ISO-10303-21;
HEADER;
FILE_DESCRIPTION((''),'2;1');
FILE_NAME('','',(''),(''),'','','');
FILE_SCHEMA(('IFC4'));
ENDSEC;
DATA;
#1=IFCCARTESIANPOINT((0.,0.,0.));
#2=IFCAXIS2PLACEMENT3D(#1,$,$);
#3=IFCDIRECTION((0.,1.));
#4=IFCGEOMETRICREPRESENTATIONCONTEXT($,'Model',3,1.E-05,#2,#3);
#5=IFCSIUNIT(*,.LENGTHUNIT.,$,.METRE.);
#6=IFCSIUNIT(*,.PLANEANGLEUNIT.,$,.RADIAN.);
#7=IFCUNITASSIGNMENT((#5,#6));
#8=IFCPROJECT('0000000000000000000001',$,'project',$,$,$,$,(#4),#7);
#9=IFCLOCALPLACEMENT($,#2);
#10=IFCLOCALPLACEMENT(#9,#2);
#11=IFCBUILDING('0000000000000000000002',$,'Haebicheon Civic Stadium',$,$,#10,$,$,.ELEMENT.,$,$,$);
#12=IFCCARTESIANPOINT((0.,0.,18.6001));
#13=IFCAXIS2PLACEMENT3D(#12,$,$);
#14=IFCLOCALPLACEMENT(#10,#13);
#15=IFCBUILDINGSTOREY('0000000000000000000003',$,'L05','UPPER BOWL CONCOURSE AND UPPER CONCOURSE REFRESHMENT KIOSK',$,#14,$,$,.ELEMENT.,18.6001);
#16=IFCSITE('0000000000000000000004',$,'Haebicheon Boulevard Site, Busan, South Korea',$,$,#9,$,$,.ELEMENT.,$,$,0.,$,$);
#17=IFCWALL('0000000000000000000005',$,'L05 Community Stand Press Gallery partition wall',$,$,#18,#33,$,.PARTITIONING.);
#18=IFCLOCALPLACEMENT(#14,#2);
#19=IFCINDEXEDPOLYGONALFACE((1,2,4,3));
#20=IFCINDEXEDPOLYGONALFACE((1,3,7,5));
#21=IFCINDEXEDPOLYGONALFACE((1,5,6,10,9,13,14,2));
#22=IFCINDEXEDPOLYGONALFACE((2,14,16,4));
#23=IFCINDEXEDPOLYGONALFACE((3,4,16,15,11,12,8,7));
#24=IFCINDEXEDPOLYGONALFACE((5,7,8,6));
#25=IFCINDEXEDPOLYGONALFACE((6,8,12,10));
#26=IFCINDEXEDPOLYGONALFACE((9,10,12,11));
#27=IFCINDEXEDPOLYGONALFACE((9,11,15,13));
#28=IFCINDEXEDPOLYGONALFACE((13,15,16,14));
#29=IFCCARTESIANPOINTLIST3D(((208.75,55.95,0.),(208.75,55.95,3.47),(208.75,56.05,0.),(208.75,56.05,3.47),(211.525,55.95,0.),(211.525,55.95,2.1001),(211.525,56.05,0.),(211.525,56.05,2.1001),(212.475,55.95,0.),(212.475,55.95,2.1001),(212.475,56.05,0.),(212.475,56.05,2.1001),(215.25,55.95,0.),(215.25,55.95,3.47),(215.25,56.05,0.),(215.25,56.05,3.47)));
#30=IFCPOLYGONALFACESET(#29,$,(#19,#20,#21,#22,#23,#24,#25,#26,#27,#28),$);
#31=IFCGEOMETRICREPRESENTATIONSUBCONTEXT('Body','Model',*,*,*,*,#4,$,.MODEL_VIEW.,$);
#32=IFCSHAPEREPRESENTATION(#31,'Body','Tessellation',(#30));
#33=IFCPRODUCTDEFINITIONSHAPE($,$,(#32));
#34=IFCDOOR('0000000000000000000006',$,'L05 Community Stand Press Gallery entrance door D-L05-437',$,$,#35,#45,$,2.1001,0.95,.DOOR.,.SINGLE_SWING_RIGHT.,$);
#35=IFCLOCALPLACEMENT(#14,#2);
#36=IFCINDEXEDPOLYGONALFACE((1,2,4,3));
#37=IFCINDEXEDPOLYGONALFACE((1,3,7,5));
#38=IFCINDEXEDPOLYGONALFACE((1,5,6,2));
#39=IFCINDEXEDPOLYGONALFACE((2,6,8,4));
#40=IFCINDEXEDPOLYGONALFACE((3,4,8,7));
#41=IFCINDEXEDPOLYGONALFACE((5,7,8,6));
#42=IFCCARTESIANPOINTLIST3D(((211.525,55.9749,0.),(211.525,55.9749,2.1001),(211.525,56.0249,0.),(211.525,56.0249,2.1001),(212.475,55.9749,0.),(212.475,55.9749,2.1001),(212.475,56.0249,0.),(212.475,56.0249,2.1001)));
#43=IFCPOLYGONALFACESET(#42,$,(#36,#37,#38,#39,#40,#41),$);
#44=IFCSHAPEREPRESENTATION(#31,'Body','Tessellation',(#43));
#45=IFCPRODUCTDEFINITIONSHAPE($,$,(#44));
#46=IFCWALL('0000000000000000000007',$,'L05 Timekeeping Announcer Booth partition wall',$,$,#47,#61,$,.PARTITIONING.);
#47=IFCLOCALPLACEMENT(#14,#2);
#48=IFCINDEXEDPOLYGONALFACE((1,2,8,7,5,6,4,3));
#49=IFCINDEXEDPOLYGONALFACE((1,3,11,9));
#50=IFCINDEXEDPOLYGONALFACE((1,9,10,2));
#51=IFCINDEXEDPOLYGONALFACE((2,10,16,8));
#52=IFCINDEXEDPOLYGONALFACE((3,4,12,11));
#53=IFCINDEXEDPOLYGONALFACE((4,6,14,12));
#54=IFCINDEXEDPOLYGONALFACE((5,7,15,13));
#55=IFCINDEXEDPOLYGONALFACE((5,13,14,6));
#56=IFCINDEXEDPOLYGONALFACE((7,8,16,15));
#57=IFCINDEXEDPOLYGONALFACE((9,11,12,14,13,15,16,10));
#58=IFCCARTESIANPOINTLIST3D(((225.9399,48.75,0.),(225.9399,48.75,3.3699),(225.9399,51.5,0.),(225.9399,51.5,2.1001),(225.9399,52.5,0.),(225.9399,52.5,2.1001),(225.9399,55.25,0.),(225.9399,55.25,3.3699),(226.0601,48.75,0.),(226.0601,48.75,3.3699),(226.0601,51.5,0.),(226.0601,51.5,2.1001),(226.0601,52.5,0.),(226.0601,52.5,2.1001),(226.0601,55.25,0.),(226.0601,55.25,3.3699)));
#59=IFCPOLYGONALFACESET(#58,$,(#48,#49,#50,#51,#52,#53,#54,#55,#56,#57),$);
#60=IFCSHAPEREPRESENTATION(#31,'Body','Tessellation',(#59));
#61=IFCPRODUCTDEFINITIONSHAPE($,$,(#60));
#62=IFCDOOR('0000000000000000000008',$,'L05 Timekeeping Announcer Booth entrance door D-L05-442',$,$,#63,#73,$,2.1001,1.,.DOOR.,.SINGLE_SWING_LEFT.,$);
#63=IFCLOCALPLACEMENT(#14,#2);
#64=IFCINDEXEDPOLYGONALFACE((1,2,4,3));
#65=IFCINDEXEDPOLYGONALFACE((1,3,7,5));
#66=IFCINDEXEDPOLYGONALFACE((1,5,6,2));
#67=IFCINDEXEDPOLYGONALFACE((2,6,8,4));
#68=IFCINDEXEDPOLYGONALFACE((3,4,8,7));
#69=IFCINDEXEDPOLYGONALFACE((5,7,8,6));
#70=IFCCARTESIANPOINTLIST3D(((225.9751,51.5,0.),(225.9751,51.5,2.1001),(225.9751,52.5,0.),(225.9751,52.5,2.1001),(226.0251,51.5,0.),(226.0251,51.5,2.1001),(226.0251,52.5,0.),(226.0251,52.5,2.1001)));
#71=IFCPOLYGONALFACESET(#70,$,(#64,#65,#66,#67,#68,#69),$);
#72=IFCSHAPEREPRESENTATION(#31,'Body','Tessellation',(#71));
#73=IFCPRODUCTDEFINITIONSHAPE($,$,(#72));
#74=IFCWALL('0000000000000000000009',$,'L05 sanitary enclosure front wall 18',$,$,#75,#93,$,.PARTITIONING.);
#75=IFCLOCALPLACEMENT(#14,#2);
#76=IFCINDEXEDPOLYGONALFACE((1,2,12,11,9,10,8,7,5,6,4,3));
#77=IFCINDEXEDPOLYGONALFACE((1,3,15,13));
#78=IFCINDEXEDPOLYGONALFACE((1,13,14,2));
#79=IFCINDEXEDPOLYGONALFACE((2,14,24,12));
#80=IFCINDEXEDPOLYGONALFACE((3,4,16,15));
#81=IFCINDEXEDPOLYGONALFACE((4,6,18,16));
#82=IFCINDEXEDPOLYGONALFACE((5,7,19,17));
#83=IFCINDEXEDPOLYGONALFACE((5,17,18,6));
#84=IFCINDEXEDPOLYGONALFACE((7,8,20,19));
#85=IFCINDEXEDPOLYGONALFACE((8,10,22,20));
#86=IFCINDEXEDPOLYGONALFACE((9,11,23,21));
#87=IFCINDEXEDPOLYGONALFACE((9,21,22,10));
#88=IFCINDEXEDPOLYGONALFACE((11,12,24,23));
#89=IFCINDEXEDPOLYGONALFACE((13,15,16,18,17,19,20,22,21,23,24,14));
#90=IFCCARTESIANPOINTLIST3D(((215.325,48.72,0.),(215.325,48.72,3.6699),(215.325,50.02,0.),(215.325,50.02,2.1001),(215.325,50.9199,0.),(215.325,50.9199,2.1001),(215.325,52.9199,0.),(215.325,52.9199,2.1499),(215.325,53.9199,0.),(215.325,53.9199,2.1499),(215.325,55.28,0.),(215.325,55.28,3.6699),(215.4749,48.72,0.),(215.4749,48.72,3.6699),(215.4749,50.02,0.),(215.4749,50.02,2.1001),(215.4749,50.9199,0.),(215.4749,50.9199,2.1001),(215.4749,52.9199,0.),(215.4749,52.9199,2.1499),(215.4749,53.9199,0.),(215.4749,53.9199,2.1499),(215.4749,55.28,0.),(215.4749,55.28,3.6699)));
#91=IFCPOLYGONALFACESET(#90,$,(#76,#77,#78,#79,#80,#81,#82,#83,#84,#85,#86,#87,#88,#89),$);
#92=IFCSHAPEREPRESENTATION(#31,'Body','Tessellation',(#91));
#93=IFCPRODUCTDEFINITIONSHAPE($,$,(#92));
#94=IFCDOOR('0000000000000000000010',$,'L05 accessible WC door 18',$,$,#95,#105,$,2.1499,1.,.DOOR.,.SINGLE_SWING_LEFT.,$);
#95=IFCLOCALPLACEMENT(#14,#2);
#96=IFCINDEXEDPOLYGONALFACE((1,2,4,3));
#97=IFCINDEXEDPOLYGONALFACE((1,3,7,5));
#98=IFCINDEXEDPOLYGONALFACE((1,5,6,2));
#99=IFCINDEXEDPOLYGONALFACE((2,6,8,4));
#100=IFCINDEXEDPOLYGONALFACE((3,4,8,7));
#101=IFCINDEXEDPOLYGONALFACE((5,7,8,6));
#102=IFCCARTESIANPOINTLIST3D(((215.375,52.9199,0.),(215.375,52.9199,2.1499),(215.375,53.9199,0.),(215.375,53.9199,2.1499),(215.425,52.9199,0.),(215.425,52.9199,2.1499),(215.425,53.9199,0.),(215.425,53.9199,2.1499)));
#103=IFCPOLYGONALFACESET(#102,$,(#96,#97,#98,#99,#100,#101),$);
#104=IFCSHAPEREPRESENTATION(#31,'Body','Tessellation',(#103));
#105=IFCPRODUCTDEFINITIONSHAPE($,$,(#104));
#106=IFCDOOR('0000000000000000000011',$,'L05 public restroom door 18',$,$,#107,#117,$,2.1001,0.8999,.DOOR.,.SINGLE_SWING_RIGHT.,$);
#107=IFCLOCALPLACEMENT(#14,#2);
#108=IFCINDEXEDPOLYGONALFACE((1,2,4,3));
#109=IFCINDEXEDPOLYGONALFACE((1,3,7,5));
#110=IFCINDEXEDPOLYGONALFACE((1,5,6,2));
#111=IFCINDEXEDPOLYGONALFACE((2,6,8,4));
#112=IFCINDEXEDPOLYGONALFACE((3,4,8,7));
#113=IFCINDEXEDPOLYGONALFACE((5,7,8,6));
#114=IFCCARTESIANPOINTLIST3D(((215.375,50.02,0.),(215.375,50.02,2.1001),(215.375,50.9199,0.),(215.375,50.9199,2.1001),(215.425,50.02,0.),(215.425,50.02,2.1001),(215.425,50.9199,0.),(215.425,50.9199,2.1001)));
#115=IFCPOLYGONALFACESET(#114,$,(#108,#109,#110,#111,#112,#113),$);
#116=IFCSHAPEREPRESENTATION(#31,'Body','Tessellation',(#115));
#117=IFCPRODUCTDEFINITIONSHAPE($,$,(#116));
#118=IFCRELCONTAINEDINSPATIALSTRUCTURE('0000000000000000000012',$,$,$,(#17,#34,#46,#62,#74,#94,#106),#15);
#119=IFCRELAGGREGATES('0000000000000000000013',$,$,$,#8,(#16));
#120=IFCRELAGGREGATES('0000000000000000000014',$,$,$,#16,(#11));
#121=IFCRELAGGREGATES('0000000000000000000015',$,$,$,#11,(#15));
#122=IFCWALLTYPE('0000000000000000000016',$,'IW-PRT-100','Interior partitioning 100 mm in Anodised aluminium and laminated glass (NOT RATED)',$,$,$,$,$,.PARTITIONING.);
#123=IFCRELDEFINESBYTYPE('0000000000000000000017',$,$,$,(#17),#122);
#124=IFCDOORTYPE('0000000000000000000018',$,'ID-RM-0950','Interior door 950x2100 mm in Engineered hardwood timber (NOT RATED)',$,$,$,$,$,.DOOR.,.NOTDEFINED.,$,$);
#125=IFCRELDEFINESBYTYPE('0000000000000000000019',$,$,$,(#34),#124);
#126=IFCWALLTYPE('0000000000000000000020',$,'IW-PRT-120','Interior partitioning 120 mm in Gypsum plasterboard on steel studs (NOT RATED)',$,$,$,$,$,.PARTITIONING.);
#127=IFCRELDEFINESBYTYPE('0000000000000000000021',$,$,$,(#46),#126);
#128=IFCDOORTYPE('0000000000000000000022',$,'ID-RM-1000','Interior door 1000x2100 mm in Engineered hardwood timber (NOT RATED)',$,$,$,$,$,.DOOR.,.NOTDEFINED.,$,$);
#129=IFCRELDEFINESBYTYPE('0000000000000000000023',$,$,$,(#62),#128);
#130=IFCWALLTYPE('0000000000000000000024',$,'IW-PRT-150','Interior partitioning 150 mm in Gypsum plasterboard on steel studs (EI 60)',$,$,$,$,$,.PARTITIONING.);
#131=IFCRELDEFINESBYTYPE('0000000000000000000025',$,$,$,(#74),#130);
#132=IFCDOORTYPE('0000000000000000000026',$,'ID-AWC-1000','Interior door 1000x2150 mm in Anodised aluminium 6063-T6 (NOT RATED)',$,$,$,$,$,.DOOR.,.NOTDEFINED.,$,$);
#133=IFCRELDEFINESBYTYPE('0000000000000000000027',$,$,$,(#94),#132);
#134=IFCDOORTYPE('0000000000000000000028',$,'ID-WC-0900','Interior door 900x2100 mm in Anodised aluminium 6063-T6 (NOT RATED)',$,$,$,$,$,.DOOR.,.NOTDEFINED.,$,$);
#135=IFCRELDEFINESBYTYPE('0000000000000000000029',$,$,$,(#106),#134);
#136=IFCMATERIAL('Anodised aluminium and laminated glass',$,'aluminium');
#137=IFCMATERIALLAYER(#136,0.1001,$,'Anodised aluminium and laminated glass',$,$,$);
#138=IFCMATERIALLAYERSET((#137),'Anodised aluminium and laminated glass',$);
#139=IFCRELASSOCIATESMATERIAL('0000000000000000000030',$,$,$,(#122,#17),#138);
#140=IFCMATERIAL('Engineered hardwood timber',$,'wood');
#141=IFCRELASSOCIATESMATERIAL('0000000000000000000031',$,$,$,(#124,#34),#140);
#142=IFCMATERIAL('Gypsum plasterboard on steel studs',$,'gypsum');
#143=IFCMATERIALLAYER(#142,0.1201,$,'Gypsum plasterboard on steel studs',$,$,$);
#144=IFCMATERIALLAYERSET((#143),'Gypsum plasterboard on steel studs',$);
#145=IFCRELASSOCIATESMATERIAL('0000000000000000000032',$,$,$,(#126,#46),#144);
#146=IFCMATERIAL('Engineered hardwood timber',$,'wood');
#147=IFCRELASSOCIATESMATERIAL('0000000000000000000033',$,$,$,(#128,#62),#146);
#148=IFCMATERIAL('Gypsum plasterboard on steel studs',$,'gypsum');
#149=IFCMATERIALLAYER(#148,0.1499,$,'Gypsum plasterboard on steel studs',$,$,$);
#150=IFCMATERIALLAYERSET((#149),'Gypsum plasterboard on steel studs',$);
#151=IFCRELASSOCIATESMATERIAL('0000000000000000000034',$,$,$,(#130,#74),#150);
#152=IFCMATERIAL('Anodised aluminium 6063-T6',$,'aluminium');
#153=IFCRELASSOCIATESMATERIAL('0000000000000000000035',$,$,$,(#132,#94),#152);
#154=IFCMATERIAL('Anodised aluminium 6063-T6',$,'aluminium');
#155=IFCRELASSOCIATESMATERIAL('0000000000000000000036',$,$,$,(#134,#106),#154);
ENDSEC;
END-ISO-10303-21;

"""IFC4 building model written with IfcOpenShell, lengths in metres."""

from ifc_helpers import new_model, si_unit, direction, frame, frame_2d, origin, place, context, subcontext, project, spatial, rectangle, extrude, material, layer, layer_set, type_object, element, fill, save


model = new_model("IFC4")

# Units and contexts
model_context = context("Model", 3, precision=1e-05, world=origin(), true_north=direction((0.0, 1.0)))
body_context = subcontext(model_context, "Body", "Model", "MODEL_VIEW")
ifc_project = project(units=[si_unit("LENGTHUNIT", "METRE"), si_unit("PLANEANGLEUNIT", "RADIAN")], contexts=[model_context])

# Site, building, storey
site_placement = place(None, origin())
site = spatial("IfcSite", under=ifc_project, at=site_placement, Name="Haebicheon Boulevard Site, Busan, South Korea", CompositionType="ELEMENT", RefElevation=0.0)
building_placement = place(site_placement, origin())
building = spatial("IfcBuilding", under=site, at=building_placement, Name="Haebicheon Civic Stadium", CompositionType="ELEMENT")
storey_placement = place(building_placement, frame((0.0, 0.0, 18.6001)))
storey = spatial("IfcBuildingStorey", under=building, at=storey_placement, Name="L05", Description="UPPER BOWL CONCOURSE AND UPPER CONCOURSE REFRESHMENT KIOSK", CompositionType="ELEMENT", Elevation=18.6001)

# Walls, openings, doors
ifc_material_1 = material(Name="Anodised aluminium and laminated glass", Category="aluminium")
ifc_layer_1 = layer(ifc_material_1, 0.1001, Name="Anodised aluminium and laminated glass")
ifc_layer_set_1 = layer_set([ifc_layer_1], Name="Anodised aluminium and laminated glass")
wall_type_1 = type_object("IfcWallType", Name="IW-PRT-100", Description="Interior partitioning 100 mm in Anodised aluminium and laminated glass (NOT RATED)", PredefinedType="PARTITIONING", material=ifc_layer_set_1)
wall_1_placement = place(storey_placement, frame((208.75, 56.0, 0.0), z_axis=(0.0, 0.0, 1.0), x_axis=(1.0, 0.0, 0.0)))
wall_1 = element("IfcWall", 1, at=wall_1_placement, inside=storey, type_object=wall_type_1, material=ifc_layer_set_1, Name="L05 Community Stand Press Gallery partition wall", PredefinedType="PARTITIONING", context=body_context, shape_type="SweptSolid", body=[
    extrude(rectangle(XDim=6.5, YDim=0.1001, at=frame_2d((3.25, 0.0))), origin(), (0.0, 0.0, 1.0), 3.47),
])
opening_1_placement = place(wall_1_placement, frame((2.7749, 0.0, 0.0)))
opening_1 = element("IfcOpeningElement", 2, at=opening_1_placement, cuts=wall_1, PredefinedType="OPENING", context=body_context, shape_type="SweptSolid", body=[
    extrude(rectangle(XDim=0.95, YDim=2.1001, at=frame_2d((0.4751, 1.05))), frame((0.0, 0.0601, 0.0), z_axis=(0.0, -1.0, 0.0), x_axis=(1.0, 0.0, 0.0)), (0.0, 0.0, 1.0), 0.1201),
])
ifc_material_2 = material(Name="Engineered hardwood timber", Category="wood")
door_type_1 = type_object("IfcDoorType", Name="ID-RM-0950", Description="Interior door 950x2100 mm in Engineered hardwood timber (NOT RATED)", OperationType="NOTDEFINED", PredefinedType="DOOR", material=ifc_material_2)
door_1_placement = place(opening_1_placement, origin())
door_1 = element("IfcDoor", 3, at=door_1_placement, inside=storey, type_object=door_type_1, material=ifc_material_2, Name="L05 Community Stand Press Gallery entrance door D-L05-437", OperationType="SINGLE_SWING_RIGHT", OverallHeight=2.1001, OverallWidth=0.95, PredefinedType="DOOR", context=body_context, shape_type="SweptSolid", body=[
    extrude(rectangle(XDim=0.95, YDim=2.1001, at=frame_2d((0.4751, 1.05))), frame((0.0, 0.0249, 0.0), z_axis=(0.0, -1.0, 0.0), x_axis=(1.0, 0.0, 0.0)), (0.0, 0.0, 1.0), 0.05),
])
fill(opening_1, door_1)
ifc_material_3 = material(Name="Gypsum plasterboard on steel studs", Category="gypsum")
ifc_layer_2 = layer(ifc_material_3, 0.1201, Name="Gypsum plasterboard on steel studs")
ifc_layer_set_2 = layer_set([ifc_layer_2], Name="Gypsum plasterboard on steel studs")
wall_type_2 = type_object("IfcWallType", Name="IW-PRT-120", Description="Interior partitioning 120 mm in Gypsum plasterboard on steel studs (NOT RATED)", PredefinedType="PARTITIONING", material=ifc_layer_set_2)
wall_2_placement = place(storey_placement, frame((226.0, 48.75, 0.0), z_axis=(0.0, 0.0, 1.0), x_axis=(0.0, 1.0, 0.0)))
wall_2 = element("IfcWall", 4, at=wall_2_placement, inside=storey, type_object=wall_type_2, material=ifc_layer_set_2, Name="L05 Timekeeping Announcer Booth partition wall", PredefinedType="PARTITIONING", context=body_context, shape_type="SweptSolid", body=[
    extrude(rectangle(XDim=6.5, YDim=0.1201, at=frame_2d((3.25, 0.0))), origin(), (0.0, 0.0, 1.0), 3.3699),
])
opening_2_placement = place(wall_2_placement, frame((2.75, 0.0, 0.0)))
opening_2 = element("IfcOpeningElement", 5, at=opening_2_placement, cuts=wall_2, PredefinedType="OPENING", context=body_context, shape_type="SweptSolid", body=[
    extrude(rectangle(XDim=1.0, YDim=2.1001, at=frame_2d((0.5, 1.05))), frame((0.0, 0.0701, 0.0), z_axis=(0.0, -1.0, 0.0), x_axis=(1.0, 0.0, 0.0)), (0.0, 0.0, 1.0), 0.1401),
])
ifc_material_4 = material(Name="Engineered hardwood timber", Category="wood")
door_type_2 = type_object("IfcDoorType", Name="ID-RM-1000", Description="Interior door 1000x2100 mm in Engineered hardwood timber (NOT RATED)", OperationType="NOTDEFINED", PredefinedType="DOOR", material=ifc_material_4)
door_2_placement = place(opening_2_placement, origin())
door_2 = element("IfcDoor", 6, at=door_2_placement, inside=storey, type_object=door_type_2, material=ifc_material_4, Name="L05 Timekeeping Announcer Booth entrance door D-L05-442", OperationType="SINGLE_SWING_LEFT", OverallHeight=2.1001, OverallWidth=1.0, PredefinedType="DOOR", context=body_context, shape_type="SweptSolid", body=[
    extrude(rectangle(XDim=1.0, YDim=2.1001, at=frame_2d((0.5, 1.05))), frame((0.0, 0.0249, 0.0), z_axis=(0.0, -1.0, 0.0), x_axis=(1.0, 0.0, 0.0)), (0.0, 0.0, 1.0), 0.05),
])
fill(opening_2, door_2)

# Wall, openings, doors
ifc_material_5 = material(Name="Gypsum plasterboard on steel studs", Category="gypsum")
ifc_layer_3 = layer(ifc_material_5, 0.1499, Name="Gypsum plasterboard on steel studs")
ifc_layer_set_3 = layer_set([ifc_layer_3], Name="Gypsum plasterboard on steel studs")
wall_type_3 = type_object("IfcWallType", Name="IW-PRT-150", Description="Interior partitioning 150 mm in Gypsum plasterboard on steel studs (EI 60)", PredefinedType="PARTITIONING", material=ifc_layer_set_3)
wall_3_placement = place(storey_placement, frame((215.3999, 48.72, 0.0), z_axis=(0.0, 0.0, 1.0), x_axis=(0.0, 1.0, 0.0)))
wall_3 = element("IfcWall", 7, at=wall_3_placement, inside=storey, type_object=wall_type_3, material=ifc_layer_set_3, Name="L05 sanitary enclosure front wall 18", PredefinedType="PARTITIONING", context=body_context, shape_type="SweptSolid", body=[
    extrude(rectangle(XDim=6.5601, YDim=0.1499, at=frame_2d((3.28, 0.0))), origin(), (0.0, 0.0, 1.0), 3.6699),
])
opening_3_placement = place(wall_3_placement, frame((1.3, 0.0, 0.0)))
opening_3 = element("IfcOpeningElement", 8, at=opening_3_placement, cuts=wall_3, PredefinedType="OPENING", context=body_context, shape_type="SweptSolid", body=[
    extrude(rectangle(XDim=0.8999, YDim=2.1001, at=frame_2d((0.45, 1.05))), frame((0.0, 0.085, 0.0), z_axis=(0.0, -1.0, 0.0), x_axis=(1.0, 0.0, 0.0)), (0.0, 0.0, 1.0), 0.1699),
])
opening_4_placement = place(wall_3_placement, frame((4.2, 0.0, 0.0)))
opening_4 = element("IfcOpeningElement", 9, at=opening_4_placement, cuts=wall_3, PredefinedType="OPENING", context=body_context, shape_type="SweptSolid", body=[
    extrude(rectangle(XDim=1.0, YDim=2.1499, at=frame_2d((0.5, 1.075))), frame((0.0, 0.085, 0.0), z_axis=(0.0, -1.0, 0.0), x_axis=(1.0, 0.0, 0.0)), (0.0, 0.0, 1.0), 0.1699),
])
ifc_material_6 = material(Name="Anodised aluminium 6063-T6", Category="aluminium")
door_type_3 = type_object("IfcDoorType", Name="ID-AWC-1000", Description="Interior door 1000x2150 mm in Anodised aluminium 6063-T6 (NOT RATED)", OperationType="NOTDEFINED", PredefinedType="DOOR", material=ifc_material_6)
door_3_placement = place(opening_4_placement, origin())
door_3 = element("IfcDoor", 10, at=door_3_placement, inside=storey, type_object=door_type_3, material=ifc_material_6, Name="L05 accessible WC door 18", OperationType="SINGLE_SWING_LEFT", OverallHeight=2.1499, OverallWidth=1.0, PredefinedType="DOOR", context=body_context, shape_type="SweptSolid", body=[
    extrude(rectangle(XDim=1.0, YDim=2.1499, at=frame_2d((0.5, 1.075))), frame((0.0, 0.0249, 0.0), z_axis=(0.0, -1.0, 0.0), x_axis=(1.0, 0.0, 0.0)), (0.0, 0.0, 1.0), 0.05),
])
fill(opening_4, door_3)
ifc_material_7 = material(Name="Anodised aluminium 6063-T6", Category="aluminium")
door_type_4 = type_object("IfcDoorType", Name="ID-WC-0900", Description="Interior door 900x2100 mm in Anodised aluminium 6063-T6 (NOT RATED)", OperationType="NOTDEFINED", PredefinedType="DOOR", material=ifc_material_7)
door_4_placement = place(opening_3_placement, origin())
door_4 = element("IfcDoor", 11, at=door_4_placement, inside=storey, type_object=door_type_4, material=ifc_material_7, Name="L05 public restroom door 18", OperationType="SINGLE_SWING_RIGHT", OverallHeight=2.1001, OverallWidth=0.8999, PredefinedType="DOOR", context=body_context, shape_type="SweptSolid", body=[
    extrude(rectangle(XDim=0.8999, YDim=2.1001, at=frame_2d((0.45, 1.05))), frame((0.0, 0.0249, 0.0), z_axis=(0.0, -1.0, 0.0), x_axis=(1.0, 0.0, 0.0)), (0.0, 0.0, 1.0), 0.05),
])
fill(opening_3, door_4)

save(model, "model.ifc")
